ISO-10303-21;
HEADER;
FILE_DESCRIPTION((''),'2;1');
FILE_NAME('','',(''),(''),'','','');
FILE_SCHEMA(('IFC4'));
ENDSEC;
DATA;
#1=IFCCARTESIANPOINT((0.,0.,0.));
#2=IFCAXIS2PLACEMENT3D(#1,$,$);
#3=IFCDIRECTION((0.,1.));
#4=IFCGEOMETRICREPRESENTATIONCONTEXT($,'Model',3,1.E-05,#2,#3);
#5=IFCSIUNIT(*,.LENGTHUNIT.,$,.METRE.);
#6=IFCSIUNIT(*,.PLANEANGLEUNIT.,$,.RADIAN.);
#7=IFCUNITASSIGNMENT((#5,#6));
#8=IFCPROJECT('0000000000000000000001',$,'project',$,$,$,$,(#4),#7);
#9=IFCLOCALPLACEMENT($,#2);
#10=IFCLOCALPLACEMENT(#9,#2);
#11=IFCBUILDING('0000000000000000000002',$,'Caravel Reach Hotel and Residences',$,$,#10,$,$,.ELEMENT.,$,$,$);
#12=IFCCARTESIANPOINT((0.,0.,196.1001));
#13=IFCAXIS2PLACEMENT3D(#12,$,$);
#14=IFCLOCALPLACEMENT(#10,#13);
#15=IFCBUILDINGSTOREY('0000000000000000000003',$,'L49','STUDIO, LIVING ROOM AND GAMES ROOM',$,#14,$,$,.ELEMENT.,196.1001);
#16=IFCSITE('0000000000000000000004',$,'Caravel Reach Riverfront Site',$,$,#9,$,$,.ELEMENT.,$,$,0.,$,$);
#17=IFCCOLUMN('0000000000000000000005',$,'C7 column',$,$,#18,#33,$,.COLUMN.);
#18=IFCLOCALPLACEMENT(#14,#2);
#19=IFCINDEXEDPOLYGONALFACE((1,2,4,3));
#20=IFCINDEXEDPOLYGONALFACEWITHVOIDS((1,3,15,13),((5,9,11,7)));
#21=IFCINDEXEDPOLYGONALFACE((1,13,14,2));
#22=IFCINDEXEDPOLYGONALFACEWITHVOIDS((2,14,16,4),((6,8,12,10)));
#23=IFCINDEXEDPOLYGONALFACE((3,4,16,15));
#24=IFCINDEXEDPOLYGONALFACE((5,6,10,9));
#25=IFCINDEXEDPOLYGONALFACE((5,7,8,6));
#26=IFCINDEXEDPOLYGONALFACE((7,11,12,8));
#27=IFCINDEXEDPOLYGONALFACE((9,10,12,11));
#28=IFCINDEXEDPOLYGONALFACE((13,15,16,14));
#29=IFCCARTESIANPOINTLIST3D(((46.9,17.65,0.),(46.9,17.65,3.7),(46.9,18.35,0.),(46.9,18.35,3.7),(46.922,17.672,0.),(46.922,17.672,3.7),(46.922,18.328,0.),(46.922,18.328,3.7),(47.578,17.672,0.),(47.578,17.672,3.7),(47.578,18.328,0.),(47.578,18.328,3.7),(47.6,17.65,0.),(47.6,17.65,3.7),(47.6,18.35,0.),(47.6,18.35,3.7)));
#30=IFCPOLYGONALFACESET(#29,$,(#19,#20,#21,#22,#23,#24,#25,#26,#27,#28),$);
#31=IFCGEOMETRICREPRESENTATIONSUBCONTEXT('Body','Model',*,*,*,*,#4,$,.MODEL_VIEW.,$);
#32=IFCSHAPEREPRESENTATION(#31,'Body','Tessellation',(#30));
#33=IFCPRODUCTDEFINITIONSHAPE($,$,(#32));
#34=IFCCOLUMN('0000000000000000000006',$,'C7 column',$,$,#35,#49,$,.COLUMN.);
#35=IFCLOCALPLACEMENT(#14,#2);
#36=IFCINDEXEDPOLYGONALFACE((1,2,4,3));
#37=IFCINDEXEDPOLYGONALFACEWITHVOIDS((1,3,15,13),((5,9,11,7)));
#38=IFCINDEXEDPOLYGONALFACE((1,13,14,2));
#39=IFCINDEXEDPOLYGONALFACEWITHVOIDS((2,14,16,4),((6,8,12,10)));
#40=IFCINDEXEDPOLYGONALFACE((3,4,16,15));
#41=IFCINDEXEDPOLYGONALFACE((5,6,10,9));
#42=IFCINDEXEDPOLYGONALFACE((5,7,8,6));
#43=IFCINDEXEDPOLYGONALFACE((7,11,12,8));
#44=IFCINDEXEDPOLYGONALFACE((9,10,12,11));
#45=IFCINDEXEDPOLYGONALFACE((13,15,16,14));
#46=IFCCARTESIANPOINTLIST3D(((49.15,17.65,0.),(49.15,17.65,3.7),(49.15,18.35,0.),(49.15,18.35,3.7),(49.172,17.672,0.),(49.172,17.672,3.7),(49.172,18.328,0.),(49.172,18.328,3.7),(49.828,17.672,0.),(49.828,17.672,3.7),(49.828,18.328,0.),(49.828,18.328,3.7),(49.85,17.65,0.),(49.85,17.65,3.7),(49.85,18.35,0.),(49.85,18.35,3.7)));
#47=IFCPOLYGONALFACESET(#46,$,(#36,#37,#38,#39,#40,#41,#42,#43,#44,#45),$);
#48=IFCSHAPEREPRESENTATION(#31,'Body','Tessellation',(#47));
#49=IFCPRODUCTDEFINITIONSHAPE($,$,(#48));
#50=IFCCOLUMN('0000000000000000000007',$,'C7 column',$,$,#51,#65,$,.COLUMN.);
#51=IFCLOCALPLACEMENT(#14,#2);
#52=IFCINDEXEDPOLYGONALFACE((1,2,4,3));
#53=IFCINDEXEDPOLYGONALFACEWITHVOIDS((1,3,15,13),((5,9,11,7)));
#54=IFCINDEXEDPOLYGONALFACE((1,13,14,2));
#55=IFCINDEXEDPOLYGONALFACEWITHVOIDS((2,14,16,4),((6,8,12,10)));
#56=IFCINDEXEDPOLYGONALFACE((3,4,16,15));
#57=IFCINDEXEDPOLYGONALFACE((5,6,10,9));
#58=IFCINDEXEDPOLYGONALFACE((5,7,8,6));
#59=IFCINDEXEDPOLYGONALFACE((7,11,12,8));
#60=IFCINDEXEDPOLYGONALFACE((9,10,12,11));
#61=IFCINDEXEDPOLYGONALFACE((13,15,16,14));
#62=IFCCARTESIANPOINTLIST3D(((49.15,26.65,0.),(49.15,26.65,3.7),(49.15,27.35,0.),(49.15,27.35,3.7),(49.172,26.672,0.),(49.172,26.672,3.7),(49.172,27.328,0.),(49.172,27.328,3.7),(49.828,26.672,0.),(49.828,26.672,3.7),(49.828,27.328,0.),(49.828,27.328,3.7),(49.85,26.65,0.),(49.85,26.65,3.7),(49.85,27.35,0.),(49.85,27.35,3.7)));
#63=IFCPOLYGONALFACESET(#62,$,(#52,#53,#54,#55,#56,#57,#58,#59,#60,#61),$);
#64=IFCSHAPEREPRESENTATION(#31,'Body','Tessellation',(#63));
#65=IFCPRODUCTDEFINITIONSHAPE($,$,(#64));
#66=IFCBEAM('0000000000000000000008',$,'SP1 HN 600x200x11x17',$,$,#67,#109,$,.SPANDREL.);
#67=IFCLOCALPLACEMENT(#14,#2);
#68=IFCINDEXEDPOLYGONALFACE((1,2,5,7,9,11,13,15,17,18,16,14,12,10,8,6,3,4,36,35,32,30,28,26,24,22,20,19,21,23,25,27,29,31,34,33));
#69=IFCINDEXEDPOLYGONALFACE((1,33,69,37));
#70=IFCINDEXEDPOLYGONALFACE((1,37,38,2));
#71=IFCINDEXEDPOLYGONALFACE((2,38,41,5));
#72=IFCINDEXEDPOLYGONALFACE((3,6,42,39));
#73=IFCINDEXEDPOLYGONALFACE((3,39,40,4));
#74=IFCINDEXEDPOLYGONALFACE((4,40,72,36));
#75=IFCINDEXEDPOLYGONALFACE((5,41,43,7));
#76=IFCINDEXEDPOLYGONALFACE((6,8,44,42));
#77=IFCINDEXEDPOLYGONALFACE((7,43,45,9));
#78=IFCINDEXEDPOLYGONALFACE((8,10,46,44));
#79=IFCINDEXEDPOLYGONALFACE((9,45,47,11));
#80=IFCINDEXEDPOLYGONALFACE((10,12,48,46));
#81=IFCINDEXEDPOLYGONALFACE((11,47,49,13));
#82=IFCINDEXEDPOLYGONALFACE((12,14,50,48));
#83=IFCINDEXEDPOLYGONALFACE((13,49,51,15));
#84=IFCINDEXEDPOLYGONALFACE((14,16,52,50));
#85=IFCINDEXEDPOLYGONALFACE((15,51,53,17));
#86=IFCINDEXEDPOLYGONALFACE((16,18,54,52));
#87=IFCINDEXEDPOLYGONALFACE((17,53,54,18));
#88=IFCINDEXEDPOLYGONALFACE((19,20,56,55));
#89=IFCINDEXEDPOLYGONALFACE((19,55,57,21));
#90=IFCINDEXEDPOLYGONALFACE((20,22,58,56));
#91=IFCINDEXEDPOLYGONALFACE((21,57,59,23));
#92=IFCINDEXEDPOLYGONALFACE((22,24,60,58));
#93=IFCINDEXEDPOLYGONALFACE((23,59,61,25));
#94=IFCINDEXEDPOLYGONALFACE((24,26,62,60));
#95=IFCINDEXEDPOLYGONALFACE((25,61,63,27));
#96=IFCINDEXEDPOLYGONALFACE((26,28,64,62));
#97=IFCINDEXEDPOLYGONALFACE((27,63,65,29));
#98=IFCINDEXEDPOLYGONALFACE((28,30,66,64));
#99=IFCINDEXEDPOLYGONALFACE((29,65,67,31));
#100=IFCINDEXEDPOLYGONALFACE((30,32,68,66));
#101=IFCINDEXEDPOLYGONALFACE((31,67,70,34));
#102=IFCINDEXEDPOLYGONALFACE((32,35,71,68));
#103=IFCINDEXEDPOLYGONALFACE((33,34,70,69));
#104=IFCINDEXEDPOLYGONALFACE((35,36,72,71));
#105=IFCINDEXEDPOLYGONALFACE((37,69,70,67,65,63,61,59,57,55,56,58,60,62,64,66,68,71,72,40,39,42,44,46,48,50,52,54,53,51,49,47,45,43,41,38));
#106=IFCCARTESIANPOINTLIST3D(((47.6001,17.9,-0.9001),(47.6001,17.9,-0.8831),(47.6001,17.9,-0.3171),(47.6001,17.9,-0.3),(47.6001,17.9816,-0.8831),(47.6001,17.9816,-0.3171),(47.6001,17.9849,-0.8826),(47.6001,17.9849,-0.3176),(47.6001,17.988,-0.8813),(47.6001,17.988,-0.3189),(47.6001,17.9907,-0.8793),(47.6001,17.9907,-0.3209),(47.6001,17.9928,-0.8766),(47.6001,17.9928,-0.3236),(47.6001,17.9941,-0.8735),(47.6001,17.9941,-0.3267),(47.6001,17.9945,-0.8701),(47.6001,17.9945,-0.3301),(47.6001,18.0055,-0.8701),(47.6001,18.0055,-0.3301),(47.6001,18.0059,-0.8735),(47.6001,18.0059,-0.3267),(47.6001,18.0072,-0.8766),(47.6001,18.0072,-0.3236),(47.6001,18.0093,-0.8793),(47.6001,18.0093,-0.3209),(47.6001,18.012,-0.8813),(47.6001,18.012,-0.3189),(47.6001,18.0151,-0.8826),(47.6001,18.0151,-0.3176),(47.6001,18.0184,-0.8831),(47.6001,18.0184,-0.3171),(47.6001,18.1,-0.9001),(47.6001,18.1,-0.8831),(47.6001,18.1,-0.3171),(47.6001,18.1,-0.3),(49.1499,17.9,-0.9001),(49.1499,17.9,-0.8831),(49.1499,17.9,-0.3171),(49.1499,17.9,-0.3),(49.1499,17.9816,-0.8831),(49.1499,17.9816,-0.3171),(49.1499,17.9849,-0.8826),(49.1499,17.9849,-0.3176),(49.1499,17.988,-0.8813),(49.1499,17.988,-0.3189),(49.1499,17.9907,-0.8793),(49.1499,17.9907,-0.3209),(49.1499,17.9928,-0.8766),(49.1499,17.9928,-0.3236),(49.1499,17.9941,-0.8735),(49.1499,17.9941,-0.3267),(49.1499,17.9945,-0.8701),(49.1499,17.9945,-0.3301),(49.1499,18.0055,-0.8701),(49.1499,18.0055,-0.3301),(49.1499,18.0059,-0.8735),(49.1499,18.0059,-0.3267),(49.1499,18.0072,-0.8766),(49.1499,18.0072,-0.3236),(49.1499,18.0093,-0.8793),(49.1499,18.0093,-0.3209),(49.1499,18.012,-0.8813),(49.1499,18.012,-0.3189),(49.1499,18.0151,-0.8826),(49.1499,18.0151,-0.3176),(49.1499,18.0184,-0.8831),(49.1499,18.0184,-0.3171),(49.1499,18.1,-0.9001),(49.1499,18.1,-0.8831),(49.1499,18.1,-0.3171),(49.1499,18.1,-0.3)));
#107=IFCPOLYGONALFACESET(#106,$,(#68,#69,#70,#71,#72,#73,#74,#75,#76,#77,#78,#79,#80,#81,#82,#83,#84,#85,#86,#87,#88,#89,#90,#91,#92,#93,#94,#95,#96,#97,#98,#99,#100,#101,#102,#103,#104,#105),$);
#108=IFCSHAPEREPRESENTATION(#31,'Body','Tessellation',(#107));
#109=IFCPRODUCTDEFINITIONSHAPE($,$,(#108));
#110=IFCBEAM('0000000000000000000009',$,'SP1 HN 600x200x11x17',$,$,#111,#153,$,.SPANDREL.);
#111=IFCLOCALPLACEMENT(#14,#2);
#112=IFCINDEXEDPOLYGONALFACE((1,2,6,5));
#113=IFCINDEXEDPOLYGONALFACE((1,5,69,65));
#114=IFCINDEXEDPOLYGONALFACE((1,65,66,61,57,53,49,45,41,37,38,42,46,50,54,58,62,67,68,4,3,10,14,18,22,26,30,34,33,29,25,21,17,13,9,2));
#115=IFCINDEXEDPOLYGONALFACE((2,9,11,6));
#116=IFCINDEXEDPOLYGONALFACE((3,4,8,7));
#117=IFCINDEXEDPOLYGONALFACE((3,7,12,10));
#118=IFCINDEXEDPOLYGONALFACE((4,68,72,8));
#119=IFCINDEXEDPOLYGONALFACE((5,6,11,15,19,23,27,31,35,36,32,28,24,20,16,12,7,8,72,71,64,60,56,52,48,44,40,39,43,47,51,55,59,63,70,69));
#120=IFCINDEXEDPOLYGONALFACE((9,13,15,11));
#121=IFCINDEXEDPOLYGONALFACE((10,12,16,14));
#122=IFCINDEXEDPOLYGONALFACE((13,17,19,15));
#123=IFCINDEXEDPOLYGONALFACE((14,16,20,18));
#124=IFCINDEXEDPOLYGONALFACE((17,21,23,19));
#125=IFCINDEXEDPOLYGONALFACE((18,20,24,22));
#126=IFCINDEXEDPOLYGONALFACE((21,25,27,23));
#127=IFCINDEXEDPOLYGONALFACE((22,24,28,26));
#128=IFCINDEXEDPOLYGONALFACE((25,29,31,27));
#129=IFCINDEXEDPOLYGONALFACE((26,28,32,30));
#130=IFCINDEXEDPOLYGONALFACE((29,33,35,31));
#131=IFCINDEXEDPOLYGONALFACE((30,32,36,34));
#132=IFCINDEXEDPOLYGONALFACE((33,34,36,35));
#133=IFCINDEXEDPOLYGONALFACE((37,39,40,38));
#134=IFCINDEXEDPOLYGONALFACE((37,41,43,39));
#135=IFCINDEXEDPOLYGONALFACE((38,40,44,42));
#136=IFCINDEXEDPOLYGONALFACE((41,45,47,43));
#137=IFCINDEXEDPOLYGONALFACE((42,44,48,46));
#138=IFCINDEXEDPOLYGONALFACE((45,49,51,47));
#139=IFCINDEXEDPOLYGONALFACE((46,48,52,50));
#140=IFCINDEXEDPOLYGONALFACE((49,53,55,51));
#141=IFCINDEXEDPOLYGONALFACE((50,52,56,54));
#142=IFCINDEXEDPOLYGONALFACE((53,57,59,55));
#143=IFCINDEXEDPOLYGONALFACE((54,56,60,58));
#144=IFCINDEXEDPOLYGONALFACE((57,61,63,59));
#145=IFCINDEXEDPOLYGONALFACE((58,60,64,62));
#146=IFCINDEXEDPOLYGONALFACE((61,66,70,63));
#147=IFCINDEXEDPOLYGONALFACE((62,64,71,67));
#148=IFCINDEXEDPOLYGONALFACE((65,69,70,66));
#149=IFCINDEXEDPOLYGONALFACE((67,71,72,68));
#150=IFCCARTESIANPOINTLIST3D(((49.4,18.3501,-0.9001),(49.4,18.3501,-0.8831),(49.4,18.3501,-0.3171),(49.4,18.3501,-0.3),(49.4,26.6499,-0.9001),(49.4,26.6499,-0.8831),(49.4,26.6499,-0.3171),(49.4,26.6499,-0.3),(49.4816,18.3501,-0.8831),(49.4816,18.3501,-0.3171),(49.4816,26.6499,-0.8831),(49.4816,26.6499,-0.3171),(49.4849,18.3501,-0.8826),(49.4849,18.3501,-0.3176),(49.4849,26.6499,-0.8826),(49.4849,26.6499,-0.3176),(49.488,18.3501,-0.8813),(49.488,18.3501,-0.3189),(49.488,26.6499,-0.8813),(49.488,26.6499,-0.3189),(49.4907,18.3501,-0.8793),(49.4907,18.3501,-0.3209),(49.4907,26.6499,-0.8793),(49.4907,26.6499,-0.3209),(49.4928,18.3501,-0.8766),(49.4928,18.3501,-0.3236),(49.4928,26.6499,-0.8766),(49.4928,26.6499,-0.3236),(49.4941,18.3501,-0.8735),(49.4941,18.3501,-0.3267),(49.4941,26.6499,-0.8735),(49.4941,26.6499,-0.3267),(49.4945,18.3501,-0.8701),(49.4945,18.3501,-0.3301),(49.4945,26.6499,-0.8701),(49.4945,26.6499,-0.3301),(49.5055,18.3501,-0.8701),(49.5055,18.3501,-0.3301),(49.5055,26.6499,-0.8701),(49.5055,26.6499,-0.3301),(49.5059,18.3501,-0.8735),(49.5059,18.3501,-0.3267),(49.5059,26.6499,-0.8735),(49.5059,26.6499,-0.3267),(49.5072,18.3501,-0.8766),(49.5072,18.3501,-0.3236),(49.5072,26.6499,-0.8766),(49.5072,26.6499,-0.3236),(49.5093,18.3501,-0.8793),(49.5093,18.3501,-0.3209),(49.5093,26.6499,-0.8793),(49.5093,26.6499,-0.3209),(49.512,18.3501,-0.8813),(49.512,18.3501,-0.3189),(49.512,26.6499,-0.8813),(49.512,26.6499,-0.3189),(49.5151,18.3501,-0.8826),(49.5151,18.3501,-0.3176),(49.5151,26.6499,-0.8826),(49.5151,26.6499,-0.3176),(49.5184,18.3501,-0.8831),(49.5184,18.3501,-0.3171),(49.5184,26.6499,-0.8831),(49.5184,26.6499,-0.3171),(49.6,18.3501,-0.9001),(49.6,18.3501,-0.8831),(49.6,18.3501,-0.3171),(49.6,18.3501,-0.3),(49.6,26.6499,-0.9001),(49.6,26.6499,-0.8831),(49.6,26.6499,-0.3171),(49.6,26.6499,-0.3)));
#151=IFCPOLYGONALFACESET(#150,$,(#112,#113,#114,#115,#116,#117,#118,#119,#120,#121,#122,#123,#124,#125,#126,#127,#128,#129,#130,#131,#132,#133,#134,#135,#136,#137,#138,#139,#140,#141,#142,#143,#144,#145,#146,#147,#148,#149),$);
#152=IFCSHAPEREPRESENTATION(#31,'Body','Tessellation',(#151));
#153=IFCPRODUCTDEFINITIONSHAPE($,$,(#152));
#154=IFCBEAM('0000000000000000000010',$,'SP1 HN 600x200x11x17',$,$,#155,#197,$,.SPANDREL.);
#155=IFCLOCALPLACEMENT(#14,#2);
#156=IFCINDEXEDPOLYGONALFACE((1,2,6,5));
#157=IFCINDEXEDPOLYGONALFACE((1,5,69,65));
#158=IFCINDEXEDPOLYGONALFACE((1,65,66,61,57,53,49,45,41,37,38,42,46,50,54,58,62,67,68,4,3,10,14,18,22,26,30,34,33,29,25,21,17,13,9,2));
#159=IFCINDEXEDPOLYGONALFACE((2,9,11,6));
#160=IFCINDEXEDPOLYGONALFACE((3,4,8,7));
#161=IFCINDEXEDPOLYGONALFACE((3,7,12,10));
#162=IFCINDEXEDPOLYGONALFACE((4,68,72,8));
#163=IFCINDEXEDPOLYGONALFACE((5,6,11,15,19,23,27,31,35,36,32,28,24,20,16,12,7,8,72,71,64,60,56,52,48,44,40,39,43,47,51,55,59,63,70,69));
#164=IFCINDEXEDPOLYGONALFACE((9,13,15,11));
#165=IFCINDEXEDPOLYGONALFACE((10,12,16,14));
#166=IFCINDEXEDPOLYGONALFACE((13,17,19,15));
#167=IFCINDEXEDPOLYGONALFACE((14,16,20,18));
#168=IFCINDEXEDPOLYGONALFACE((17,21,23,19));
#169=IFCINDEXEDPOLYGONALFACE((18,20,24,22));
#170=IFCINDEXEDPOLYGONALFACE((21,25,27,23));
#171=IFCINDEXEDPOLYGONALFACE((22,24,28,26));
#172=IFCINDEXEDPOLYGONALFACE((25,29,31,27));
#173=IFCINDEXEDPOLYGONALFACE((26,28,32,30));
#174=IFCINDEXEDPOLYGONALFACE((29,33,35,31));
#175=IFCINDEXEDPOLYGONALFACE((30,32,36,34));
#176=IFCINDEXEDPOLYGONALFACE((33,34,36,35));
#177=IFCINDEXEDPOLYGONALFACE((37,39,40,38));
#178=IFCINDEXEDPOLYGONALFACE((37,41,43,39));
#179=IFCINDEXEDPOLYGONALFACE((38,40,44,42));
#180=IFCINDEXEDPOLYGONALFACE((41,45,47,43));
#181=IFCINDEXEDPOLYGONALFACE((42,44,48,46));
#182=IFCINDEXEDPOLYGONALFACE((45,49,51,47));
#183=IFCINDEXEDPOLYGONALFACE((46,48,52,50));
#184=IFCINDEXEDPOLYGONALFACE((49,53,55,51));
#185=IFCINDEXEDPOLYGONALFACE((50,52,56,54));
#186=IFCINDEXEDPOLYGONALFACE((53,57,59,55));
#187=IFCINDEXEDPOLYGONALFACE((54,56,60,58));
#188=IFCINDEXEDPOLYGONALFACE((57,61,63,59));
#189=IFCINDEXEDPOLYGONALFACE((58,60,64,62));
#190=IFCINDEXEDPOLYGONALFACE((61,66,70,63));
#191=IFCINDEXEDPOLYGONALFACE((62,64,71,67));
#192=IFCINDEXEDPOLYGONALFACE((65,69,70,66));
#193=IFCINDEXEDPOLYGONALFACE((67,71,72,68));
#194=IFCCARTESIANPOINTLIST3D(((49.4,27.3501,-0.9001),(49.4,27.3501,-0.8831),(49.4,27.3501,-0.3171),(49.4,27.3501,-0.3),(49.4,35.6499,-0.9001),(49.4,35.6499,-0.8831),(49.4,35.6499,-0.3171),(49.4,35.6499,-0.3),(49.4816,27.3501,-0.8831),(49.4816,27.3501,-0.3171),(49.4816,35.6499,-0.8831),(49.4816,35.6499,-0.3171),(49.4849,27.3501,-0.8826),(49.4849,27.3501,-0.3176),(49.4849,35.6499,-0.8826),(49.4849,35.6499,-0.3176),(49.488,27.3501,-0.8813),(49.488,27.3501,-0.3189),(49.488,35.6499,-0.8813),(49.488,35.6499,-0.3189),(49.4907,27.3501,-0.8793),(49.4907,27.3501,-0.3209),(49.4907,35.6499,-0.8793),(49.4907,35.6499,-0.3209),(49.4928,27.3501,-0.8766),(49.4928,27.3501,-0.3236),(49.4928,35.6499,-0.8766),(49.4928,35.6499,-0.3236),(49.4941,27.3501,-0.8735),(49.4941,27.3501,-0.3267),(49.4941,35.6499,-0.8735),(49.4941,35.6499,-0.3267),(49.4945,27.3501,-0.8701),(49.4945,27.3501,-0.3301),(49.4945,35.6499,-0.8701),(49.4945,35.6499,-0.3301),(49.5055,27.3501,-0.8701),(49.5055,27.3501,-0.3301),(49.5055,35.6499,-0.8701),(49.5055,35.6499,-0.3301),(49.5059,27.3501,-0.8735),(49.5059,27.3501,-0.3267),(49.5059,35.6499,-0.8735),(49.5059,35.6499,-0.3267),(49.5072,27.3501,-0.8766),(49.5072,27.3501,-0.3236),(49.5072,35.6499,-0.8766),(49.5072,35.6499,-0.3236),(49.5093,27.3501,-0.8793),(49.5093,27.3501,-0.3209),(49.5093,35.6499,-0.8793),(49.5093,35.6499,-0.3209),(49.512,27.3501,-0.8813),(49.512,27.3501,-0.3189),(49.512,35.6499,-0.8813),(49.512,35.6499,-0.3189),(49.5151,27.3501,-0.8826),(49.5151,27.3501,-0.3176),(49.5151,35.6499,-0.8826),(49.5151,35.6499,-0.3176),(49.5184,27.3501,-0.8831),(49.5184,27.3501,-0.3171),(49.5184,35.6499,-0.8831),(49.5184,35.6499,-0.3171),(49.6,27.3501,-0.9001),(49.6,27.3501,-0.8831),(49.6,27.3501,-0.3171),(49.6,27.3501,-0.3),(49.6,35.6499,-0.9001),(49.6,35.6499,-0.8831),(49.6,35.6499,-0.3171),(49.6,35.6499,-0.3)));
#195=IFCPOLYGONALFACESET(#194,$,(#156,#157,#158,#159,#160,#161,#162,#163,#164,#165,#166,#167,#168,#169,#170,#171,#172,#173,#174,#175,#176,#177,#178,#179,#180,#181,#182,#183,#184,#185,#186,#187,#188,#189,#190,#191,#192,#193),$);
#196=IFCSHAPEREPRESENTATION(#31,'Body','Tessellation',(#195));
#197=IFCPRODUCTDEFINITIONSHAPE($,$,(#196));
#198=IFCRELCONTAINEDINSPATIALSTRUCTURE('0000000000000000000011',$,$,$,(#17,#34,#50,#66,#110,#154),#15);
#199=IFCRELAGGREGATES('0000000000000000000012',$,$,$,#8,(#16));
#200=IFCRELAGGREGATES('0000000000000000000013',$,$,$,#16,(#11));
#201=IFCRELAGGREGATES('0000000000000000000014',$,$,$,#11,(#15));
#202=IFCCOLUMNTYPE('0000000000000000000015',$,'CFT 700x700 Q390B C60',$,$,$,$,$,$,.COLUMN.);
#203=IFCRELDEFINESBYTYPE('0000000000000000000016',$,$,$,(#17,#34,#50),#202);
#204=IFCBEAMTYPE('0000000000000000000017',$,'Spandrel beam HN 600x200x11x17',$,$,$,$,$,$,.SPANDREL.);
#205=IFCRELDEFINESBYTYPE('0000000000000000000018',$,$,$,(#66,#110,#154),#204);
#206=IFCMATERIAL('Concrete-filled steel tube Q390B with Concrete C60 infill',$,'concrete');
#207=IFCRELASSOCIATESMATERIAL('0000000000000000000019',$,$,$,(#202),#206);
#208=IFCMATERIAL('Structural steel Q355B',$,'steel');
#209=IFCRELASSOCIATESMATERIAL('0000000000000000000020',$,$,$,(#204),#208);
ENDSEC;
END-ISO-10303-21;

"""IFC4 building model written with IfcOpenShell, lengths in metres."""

from ifc_helpers import new_model, si_unit, direction, frame, origin, origin_2d, place, context, subcontext, project, spatial, hollow_rectangle, i_section, extrude, material, material_profile, profile_set, type_object, element, save


model = new_model("IFC4")

# Units and contexts
model_context = context("Model", 3, precision=1e-05, world=origin(), true_north=direction((0.0, 1.0)))
body_context = subcontext(model_context, "Body", "Model", "MODEL_VIEW")
ifc_project = project(units=[si_unit("LENGTHUNIT", "METRE"), si_unit("PLANEANGLEUNIT", "RADIAN")], contexts=[model_context])

# Site, building, storey
site_placement = place(None, origin())
site = spatial("IfcSite", under=ifc_project, at=site_placement, Name="Caravel Reach Riverfront Site", CompositionType="ELEMENT", RefElevation=0.0)
building_placement = place(site_placement, origin())
building = spatial("IfcBuilding", under=site, at=building_placement, Name="Caravel Reach Hotel and Residences", CompositionType="ELEMENT")
storey_placement = place(building_placement, frame((0.0, 0.0, 196.1001)))
storey = spatial("IfcBuildingStorey", under=building, at=storey_placement, Name="L49", Description="STUDIO, LIVING ROOM AND GAMES ROOM", CompositionType="ELEMENT", Elevation=196.1001)

# Columns
ifc_material_1 = material(Name="Concrete-filled steel tube Q390B with Concrete C60 infill", Category="concrete")
ifc_material_profile_1 = material_profile(ifc_material_1, hollow_rectangle(XDim=0.7, YDim=0.7, WallThickness=0.022, at=origin_2d()), Name="RHS 700x700x22")
ifc_profile_set_1 = profile_set([ifc_material_profile_1], Name="Concrete-filled steel tube Q390B with Concrete C60 infill")
column_type = type_object("IfcColumnType", Name="CFT 700x700 Q390B C60", PredefinedType="COLUMN", material=ifc_profile_set_1)
for number, where, z_axis, x_axis, name in (
    (1, (47.25, 18.0, 0.0), (0.0, 0.0, 1.0), (1.0, 0.0, 0.0), "C7 column"),
    (2, (49.5, 18.0, 0.0), (0.0, 0.0, 1.0), (1.0, 0.0, 0.0), "C7 column"),
    (3, (49.5, 27.0, 0.0), (0.0, 0.0, 1.0), (1.0, 0.0, 0.0), "C7 column"),
):
    element("IfcColumn", number, at=place(storey_placement, frame(where, z_axis=z_axis, x_axis=x_axis)), inside=storey, type_object=column_type, Name=name, PredefinedType="COLUMN", context=body_context, shape_type="SweptSolid", body=[
        extrude(hollow_rectangle(XDim=0.7, YDim=0.7, WallThickness=0.022, at=origin_2d()), origin(), (0.0, 0.0, 1.0), 3.7),
    ])

# Beams
ifc_material_2 = material(Name="Structural steel Q355B", Category="steel")
ifc_material_profile_2 = material_profile(ifc_material_2, i_section(OverallWidth=0.2, OverallDepth=0.6001, WebThickness=0.011, FlangeThickness=0.0171, FilletRadius=0.0129, at=origin_2d()), Name="HN 600x200x11x17")
ifc_profile_set_2 = profile_set([ifc_material_profile_2], Name="Structural steel Q355B")
beam_type = type_object("IfcBeamType", Name="Spandrel beam HN 600x200x11x17", PredefinedType="SPANDREL", material=ifc_profile_set_2)
beam_placement = place(storey_placement, frame((47.6001, 18.0, -0.6001), z_axis=(1.0, 0.0, 0.0), x_axis=(0.0, 1.0, 0.0)))
element("IfcBeam", 4, at=beam_placement, inside=storey, type_object=beam_type, Name="SP1 HN 600x200x11x17", PredefinedType="SPANDREL", context=body_context, shape_type="SweptSolid", body=[
    extrude(i_section(OverallWidth=0.2, OverallDepth=0.6001, WebThickness=0.011, FlangeThickness=0.0171, FilletRadius=0.0129, at=origin_2d()), origin(), (0.0, 0.0, 1.0), 1.5498),
])
for number, where, z_axis, x_axis, name in (
    (5, (49.5, 18.3501, -0.6001), (0.0, 1.0, 0.0), (-1.0, 0.0, 0.0), "SP1 HN 600x200x11x17"),
    (6, (49.5, 27.3501, -0.6001), (0.0, 1.0, 0.0), (-1.0, 0.0, 0.0), "SP1 HN 600x200x11x17"),
):
    element("IfcBeam", number, at=place(storey_placement, frame(where, z_axis=z_axis, x_axis=x_axis)), inside=storey, type_object=beam_type, Name=name, PredefinedType="SPANDREL", context=body_context, shape_type="SweptSolid", body=[
        extrude(i_section(OverallWidth=0.2, OverallDepth=0.6001, WebThickness=0.011, FlangeThickness=0.0171, FilletRadius=0.0129, at=origin_2d()), origin(), (0.0, 0.0, 1.0), 8.2998),
    ])

save(model, "model.ifc")
